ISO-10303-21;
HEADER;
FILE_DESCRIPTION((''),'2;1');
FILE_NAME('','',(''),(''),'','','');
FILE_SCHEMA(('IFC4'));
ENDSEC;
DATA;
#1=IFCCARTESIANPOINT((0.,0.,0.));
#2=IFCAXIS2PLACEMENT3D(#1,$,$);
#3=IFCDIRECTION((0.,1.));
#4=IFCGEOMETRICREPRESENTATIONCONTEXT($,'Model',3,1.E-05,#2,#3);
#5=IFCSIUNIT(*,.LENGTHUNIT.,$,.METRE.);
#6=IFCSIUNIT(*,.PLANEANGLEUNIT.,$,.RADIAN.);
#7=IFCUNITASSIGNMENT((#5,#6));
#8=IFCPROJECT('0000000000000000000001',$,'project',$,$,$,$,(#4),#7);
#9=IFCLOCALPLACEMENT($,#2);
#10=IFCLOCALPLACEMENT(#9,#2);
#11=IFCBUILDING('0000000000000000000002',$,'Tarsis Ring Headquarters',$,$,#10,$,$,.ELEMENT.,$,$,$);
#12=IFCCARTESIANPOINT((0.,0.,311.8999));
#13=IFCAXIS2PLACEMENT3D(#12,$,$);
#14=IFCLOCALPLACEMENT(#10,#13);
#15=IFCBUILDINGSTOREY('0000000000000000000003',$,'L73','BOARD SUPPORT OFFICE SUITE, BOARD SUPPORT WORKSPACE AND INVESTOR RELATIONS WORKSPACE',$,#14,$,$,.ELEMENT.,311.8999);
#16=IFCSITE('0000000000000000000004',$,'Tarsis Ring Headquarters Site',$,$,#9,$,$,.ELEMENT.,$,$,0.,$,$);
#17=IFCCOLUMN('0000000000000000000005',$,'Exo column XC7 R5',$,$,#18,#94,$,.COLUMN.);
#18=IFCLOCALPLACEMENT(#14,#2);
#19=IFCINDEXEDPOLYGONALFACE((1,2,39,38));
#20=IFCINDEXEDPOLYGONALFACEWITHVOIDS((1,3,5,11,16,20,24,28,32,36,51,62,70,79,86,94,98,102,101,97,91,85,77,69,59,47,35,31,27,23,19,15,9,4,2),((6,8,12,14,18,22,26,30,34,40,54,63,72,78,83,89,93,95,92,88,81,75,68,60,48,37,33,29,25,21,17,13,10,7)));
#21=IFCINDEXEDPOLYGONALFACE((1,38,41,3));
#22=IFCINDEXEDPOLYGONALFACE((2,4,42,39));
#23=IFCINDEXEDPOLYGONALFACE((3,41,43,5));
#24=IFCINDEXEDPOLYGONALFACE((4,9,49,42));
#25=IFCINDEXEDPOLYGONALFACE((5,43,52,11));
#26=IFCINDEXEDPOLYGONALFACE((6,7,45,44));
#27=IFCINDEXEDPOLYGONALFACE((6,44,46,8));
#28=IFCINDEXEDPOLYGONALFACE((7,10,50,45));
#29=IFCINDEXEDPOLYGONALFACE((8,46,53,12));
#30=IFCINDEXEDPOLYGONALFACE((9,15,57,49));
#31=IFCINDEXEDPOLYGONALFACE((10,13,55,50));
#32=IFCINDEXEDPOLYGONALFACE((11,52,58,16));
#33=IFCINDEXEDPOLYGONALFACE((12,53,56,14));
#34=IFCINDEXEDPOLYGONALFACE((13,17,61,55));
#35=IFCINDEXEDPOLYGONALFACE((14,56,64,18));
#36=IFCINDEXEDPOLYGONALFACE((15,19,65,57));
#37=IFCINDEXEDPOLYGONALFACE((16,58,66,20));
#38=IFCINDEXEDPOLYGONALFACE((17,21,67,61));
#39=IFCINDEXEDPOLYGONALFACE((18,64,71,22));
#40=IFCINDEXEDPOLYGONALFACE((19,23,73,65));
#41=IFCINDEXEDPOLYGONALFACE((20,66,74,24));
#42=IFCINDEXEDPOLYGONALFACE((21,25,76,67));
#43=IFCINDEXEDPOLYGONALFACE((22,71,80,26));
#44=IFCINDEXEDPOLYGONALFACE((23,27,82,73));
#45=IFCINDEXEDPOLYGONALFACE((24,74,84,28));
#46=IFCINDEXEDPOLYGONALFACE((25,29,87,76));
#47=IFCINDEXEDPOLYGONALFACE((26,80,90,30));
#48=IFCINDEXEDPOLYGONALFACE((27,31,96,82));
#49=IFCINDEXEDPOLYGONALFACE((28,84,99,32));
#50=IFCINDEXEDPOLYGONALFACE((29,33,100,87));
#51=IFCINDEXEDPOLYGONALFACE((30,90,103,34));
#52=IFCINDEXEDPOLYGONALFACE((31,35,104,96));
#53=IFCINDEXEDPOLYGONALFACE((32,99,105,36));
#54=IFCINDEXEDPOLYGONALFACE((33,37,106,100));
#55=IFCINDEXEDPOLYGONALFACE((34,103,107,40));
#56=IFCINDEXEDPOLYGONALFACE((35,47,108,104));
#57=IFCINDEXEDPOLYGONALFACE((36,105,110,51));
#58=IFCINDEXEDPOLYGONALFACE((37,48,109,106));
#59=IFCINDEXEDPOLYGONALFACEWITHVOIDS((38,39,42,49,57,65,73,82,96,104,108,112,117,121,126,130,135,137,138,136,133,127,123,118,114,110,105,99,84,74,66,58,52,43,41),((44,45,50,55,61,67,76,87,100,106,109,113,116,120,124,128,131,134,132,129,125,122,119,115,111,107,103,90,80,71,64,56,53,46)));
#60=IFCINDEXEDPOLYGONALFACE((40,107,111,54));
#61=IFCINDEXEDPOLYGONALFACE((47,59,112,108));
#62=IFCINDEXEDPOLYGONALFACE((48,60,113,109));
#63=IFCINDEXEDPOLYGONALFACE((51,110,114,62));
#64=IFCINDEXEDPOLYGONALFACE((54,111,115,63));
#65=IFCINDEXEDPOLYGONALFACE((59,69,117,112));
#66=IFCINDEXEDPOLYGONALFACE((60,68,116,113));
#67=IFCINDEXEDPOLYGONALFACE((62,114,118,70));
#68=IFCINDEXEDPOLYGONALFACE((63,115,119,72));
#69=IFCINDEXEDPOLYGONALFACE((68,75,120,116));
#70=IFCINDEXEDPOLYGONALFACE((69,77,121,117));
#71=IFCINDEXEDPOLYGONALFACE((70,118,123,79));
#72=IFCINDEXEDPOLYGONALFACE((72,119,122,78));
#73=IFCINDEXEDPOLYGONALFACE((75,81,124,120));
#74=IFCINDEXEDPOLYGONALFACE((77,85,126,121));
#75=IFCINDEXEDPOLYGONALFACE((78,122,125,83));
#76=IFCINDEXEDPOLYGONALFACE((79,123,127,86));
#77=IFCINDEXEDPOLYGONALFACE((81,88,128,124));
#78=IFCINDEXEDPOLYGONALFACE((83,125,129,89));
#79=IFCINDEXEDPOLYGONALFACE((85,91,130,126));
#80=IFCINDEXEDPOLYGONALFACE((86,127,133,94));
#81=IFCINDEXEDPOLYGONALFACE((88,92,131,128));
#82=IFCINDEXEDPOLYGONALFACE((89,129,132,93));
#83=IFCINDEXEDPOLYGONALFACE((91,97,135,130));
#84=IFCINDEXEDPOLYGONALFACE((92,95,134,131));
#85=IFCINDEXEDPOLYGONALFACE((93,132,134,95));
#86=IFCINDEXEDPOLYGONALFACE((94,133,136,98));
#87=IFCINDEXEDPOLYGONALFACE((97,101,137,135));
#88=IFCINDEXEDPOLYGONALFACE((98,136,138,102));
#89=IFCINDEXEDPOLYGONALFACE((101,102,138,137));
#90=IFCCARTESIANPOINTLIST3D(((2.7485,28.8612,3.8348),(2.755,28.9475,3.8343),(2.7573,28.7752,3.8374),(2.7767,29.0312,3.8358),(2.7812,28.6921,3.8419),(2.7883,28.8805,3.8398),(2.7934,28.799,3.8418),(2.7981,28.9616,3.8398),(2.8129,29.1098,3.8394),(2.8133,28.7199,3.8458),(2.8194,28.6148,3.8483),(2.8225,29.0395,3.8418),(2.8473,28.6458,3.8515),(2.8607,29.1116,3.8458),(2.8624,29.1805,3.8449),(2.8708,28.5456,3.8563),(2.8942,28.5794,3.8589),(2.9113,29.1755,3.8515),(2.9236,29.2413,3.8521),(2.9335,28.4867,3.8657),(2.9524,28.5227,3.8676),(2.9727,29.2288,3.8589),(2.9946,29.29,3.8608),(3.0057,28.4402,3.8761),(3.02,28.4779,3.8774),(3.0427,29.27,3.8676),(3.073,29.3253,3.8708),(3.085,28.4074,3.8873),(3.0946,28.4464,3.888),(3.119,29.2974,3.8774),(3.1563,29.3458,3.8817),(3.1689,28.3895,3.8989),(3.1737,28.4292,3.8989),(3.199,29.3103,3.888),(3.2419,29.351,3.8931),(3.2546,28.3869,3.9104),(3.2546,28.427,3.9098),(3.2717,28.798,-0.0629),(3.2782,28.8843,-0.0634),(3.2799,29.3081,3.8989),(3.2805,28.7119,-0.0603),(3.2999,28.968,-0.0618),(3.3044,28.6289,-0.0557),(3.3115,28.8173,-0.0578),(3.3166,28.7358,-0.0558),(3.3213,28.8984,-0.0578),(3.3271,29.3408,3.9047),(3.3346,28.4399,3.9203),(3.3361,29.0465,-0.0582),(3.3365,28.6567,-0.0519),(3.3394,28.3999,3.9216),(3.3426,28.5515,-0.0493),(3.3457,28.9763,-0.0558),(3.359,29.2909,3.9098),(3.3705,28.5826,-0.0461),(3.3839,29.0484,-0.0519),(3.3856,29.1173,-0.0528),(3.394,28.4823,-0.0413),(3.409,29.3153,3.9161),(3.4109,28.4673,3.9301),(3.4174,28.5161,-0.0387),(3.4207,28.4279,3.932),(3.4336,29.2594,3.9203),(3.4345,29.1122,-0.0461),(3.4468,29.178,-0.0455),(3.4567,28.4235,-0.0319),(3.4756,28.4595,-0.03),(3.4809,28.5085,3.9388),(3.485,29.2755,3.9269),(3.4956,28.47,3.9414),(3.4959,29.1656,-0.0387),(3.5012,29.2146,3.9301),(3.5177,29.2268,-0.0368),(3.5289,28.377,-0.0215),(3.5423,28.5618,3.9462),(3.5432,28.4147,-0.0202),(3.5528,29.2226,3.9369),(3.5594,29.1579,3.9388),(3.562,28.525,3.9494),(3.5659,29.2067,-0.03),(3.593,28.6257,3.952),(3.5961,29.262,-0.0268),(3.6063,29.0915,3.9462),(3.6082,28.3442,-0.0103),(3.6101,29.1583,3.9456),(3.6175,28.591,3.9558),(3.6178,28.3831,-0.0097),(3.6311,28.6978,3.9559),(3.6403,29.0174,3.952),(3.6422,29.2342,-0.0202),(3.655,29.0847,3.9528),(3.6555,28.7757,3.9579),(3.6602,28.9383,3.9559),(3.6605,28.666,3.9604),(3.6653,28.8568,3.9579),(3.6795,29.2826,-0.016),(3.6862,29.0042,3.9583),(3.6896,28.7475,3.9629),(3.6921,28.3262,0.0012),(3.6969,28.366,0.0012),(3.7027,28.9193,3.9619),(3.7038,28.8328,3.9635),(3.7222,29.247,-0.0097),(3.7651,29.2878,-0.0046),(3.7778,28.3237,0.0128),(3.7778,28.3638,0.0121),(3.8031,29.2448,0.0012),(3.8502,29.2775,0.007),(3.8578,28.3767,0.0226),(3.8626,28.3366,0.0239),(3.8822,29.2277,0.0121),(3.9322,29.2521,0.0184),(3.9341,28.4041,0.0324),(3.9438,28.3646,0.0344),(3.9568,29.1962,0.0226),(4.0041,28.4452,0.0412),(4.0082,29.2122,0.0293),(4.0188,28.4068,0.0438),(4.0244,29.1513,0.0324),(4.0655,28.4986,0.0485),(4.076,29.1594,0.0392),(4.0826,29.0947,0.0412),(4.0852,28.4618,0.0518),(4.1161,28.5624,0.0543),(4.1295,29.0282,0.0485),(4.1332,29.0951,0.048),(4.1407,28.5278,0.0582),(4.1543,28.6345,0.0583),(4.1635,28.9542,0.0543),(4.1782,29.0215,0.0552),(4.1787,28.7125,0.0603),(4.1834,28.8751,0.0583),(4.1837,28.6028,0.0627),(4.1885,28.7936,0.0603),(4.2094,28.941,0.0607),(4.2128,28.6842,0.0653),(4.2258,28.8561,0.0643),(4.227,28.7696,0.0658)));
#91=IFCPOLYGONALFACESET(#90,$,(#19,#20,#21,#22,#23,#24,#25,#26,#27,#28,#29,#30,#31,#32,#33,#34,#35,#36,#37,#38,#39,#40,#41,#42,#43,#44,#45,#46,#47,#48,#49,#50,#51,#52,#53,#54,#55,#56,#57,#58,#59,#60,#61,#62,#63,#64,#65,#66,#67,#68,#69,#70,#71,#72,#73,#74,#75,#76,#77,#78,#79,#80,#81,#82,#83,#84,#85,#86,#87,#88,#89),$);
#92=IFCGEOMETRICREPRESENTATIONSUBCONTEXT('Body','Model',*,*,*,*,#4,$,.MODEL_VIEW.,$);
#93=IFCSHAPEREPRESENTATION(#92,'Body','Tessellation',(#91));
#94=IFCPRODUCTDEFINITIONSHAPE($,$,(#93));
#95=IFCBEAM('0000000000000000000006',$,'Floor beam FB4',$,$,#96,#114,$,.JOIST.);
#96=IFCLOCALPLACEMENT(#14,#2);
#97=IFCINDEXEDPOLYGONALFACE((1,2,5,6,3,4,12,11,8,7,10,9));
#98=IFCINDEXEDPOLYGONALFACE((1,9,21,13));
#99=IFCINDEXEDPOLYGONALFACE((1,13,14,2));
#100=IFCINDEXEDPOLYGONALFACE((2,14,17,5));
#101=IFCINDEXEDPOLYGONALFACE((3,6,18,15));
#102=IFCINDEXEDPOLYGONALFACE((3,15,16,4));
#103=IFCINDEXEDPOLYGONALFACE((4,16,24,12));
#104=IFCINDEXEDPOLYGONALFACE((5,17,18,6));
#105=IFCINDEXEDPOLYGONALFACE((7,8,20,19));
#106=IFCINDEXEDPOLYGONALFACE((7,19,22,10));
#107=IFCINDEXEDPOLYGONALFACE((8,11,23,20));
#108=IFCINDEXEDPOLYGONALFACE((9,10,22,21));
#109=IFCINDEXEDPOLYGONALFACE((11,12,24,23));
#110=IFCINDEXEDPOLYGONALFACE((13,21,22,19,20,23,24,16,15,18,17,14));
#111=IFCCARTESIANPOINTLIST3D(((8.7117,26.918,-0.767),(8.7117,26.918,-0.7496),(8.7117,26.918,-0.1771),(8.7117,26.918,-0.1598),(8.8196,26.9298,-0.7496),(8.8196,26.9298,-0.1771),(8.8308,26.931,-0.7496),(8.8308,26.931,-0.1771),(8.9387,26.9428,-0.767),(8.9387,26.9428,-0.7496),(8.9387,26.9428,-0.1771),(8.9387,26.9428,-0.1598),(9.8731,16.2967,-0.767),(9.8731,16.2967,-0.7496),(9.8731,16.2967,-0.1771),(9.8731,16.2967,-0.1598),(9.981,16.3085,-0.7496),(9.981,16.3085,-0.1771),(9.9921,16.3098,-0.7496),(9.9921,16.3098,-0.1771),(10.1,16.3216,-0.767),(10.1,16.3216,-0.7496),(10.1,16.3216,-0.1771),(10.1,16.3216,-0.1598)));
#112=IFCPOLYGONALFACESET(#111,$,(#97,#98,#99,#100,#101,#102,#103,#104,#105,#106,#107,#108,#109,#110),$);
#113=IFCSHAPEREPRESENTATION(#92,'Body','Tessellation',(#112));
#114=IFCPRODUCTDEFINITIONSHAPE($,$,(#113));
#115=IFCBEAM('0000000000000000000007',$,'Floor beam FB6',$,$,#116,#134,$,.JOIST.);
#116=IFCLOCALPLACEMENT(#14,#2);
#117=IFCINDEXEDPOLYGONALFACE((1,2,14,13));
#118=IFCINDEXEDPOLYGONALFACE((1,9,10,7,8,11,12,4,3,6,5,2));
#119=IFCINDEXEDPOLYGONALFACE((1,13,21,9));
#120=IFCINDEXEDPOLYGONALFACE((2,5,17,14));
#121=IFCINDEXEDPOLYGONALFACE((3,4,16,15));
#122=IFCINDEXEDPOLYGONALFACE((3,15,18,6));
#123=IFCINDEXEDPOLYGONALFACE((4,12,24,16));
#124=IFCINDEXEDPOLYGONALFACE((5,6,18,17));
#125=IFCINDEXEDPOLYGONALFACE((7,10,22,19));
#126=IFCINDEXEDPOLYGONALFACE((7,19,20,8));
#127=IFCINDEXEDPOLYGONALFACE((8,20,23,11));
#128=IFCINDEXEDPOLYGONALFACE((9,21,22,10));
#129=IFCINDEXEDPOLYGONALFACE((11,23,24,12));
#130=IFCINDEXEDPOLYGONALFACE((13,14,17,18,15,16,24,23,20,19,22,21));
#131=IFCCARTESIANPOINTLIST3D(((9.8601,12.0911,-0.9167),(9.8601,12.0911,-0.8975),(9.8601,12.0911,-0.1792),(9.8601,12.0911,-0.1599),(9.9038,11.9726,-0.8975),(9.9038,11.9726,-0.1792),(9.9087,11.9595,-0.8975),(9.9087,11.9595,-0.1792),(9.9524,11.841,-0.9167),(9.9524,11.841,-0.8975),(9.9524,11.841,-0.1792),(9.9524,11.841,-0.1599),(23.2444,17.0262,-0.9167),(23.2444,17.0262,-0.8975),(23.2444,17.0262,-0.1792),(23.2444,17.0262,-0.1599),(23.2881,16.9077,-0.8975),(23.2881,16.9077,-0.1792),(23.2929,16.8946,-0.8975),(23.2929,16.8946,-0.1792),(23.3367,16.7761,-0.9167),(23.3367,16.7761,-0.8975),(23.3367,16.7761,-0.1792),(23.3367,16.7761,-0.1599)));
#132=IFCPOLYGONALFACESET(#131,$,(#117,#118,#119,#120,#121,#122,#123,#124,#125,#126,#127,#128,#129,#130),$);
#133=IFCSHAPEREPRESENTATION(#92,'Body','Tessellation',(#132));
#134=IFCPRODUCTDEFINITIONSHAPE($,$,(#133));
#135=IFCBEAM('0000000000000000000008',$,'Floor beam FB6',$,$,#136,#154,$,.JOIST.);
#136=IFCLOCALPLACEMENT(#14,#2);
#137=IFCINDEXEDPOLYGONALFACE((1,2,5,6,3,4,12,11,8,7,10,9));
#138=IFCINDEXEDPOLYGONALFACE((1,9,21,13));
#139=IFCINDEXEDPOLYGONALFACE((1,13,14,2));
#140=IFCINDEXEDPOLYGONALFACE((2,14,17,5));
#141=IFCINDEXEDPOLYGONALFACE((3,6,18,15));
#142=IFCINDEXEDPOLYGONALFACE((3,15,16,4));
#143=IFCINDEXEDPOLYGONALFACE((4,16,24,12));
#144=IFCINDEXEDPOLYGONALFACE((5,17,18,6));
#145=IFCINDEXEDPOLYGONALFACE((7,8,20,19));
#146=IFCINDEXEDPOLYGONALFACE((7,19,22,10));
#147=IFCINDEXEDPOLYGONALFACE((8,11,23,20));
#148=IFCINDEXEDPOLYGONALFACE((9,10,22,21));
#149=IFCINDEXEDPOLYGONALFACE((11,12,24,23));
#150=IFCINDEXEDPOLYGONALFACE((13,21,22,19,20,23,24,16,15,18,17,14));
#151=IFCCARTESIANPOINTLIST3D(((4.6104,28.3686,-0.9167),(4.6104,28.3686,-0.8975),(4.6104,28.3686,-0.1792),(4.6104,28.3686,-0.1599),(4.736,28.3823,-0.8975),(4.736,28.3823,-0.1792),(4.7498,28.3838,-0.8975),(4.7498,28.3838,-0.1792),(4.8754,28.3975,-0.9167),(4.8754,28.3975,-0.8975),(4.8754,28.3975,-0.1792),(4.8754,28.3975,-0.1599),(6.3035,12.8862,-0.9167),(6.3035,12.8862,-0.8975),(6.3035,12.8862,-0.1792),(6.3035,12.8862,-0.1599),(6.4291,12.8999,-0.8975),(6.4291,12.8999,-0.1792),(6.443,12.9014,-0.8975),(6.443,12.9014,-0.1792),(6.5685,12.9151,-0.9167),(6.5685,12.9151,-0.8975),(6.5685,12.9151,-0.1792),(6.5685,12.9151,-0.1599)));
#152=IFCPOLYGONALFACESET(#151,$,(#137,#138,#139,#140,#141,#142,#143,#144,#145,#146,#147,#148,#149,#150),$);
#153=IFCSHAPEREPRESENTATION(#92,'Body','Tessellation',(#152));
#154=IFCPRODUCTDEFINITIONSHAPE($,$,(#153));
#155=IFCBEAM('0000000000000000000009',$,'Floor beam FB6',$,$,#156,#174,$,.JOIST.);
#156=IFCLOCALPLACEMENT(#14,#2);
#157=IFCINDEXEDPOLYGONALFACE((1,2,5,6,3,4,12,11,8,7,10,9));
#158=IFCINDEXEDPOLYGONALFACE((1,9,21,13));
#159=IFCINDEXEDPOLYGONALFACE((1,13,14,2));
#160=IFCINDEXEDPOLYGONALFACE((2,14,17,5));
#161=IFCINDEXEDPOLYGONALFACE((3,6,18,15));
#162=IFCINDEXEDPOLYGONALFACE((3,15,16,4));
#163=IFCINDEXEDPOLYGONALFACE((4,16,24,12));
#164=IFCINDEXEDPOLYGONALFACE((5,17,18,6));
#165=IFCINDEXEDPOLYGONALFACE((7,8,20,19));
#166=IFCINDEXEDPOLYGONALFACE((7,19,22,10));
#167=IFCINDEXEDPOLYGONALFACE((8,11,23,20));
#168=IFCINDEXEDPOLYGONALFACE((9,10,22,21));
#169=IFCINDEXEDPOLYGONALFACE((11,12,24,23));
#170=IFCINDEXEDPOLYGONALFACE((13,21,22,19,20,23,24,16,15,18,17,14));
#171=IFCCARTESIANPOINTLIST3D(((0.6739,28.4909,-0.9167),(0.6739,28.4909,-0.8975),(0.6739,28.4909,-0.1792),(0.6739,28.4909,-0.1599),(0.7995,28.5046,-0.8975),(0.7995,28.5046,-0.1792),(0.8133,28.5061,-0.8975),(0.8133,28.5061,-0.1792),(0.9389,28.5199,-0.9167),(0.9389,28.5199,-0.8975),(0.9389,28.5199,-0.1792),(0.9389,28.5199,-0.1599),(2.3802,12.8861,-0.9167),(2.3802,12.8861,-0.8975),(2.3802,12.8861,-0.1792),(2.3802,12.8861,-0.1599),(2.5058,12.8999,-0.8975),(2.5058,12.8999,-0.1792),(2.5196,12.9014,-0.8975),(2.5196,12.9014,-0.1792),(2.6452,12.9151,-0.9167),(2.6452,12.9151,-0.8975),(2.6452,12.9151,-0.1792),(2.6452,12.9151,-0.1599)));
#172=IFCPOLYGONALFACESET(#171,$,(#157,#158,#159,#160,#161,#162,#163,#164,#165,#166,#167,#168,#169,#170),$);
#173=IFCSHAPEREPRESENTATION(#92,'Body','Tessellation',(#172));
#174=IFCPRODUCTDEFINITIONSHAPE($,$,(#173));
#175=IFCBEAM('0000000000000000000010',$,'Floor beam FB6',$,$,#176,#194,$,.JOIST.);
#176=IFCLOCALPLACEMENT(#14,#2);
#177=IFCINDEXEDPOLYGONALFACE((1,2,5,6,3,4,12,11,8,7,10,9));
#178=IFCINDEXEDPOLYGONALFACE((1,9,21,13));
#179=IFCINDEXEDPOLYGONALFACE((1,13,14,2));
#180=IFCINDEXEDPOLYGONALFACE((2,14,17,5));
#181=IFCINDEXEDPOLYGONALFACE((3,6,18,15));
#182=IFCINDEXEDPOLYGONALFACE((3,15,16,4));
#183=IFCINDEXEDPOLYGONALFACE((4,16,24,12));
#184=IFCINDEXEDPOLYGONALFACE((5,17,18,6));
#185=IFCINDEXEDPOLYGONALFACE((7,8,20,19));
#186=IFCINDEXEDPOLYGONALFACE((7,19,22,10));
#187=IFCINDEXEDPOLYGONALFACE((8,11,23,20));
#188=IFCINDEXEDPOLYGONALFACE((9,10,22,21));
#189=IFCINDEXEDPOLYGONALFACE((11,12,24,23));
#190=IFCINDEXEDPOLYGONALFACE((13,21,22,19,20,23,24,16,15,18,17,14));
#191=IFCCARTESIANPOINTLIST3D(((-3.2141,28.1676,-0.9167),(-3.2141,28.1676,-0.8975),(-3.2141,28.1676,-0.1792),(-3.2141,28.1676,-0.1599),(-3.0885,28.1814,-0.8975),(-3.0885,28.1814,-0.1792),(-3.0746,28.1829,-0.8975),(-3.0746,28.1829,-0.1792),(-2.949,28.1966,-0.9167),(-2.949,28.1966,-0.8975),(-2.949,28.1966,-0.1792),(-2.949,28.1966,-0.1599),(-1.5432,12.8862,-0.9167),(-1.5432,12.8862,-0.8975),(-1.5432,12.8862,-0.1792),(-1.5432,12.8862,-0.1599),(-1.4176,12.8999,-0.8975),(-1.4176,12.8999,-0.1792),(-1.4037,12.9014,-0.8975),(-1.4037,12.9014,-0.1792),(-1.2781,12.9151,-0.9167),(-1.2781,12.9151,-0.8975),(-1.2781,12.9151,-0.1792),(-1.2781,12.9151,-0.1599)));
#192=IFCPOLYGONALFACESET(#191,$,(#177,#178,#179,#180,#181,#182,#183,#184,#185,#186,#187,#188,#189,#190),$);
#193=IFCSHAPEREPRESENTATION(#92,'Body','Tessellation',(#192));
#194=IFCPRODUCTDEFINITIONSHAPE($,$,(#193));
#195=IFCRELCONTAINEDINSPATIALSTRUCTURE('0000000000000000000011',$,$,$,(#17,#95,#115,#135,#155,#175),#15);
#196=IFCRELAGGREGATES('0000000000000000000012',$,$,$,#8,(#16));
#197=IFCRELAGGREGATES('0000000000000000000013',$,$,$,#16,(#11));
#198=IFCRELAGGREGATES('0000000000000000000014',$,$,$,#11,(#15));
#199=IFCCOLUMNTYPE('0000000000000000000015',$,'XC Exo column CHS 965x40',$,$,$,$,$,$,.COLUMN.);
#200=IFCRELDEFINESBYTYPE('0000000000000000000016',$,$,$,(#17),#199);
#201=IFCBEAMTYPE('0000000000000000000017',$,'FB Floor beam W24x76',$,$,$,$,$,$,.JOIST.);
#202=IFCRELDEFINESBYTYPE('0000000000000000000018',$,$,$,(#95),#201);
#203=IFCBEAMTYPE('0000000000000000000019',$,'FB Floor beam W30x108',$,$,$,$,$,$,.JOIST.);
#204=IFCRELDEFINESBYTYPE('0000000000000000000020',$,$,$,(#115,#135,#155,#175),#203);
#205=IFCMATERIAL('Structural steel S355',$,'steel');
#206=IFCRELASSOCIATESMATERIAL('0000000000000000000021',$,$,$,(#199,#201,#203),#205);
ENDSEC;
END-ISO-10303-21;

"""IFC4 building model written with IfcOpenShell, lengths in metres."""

from ifc_helpers import new_model, si_unit, direction, frame, origin, origin_2d, place, context, subcontext, project, spatial, hollow_circle, i_section, extrude, material, material_profile, profile_set, type_object, element, save


model = new_model("IFC4")

# Units and contexts
model_context = context("Model", 3, precision=1e-05, world=origin(), true_north=direction((0.0, 1.0)))
body_context = subcontext(model_context, "Body", "Model", "MODEL_VIEW")
ifc_project = project(units=[si_unit("LENGTHUNIT", "METRE"), si_unit("PLANEANGLEUNIT", "RADIAN")], contexts=[model_context])

# Site, building, storey
site_placement = place(None, origin())
site = spatial("IfcSite", under=ifc_project, at=site_placement, Name="Tarsis Ring Headquarters Site", CompositionType="ELEMENT", RefElevation=0.0)
building_placement = place(site_placement, origin())
building = spatial("IfcBuilding", under=site, at=building_placement, Name="Tarsis Ring Headquarters", CompositionType="ELEMENT")
storey_placement = place(building_placement, frame((0.0, 0.0, 311.8999)))
storey = spatial("IfcBuildingStorey", under=building, at=storey_placement, Name="L73", Description="BOARD SUPPORT OFFICE SUITE, BOARD SUPPORT WORKSPACE AND INVESTOR RELATIONS WORKSPACE", CompositionType="ELEMENT", Elevation=311.8999)

# Column
ifc_material_1 = material(Name="Structural steel S355", Category="steel")
ifc_material_profile_1 = material_profile(ifc_material_1, hollow_circle(Radius=0.4827, WallThickness=0.04, at=origin_2d()), Name="CHS 965x40")
ifc_profile_set_1 = profile_set([ifc_material_profile_1], Name="Structural steel S355")
column_type = type_object("IfcColumnType", Name="XC Exo column CHS 965x40", PredefinedType="COLUMN", material=ifc_profile_set_1)
column_placement = place(storey_placement, frame((3.75, 28.8054, 0.0012), z_axis=(-0.133021, 0.016077, 0.990983), x_axis=(-0.119985, -0.992776, 0.0)))
element("IfcColumn", 1, at=column_placement, inside=storey, type_object=column_type, Name="Exo column XC7 R5", PredefinedType="COLUMN", context=body_context, shape_type="SweptSolid", body=[
    extrude(hollow_circle(Radius=0.4827, WallThickness=0.04, at=origin_2d()), origin(), (0.0, 0.0, 1.0), 3.9331),
])

# Beams
ifc_material_profile_2 = material_profile(ifc_material_1, i_section(OverallWidth=0.2283, OverallDepth=0.6072, WebThickness=0.0112, FlangeThickness=0.0173, at=origin_2d()), Name="W24x76")
ifc_profile_set_2 = profile_set([ifc_material_profile_2], Name="Structural steel S355")
beam_type_1 = type_object("IfcBeamType", Name="FB Floor beam W24x76", PredefinedType="JOIST", material=ifc_profile_set_2)
beam_1_placement = place(storey_placement, frame((8.8252, 26.9304, -0.4634), z_axis=(0.108696, -0.994075, 0.0), x_axis=(0.994075, 0.108696, 0.0)))
element("IfcBeam", 2, at=beam_1_placement, inside=storey, type_object=beam_type_1, Name="Floor beam FB4", PredefinedType="JOIST", context=body_context, shape_type="SweptSolid", body=[
    extrude(i_section(OverallWidth=0.2283, OverallDepth=0.6072, WebThickness=0.0112, FlangeThickness=0.0173, at=origin_2d()), origin(), (0.0, 0.0, 1.0), 10.6846),
])
ifc_material_profile_3 = material_profile(ifc_material_1, i_section(OverallWidth=0.2666, OverallDepth=0.7568, WebThickness=0.0139, FlangeThickness=0.0193, at=origin_2d()), Name="W30x108")
ifc_profile_set_3 = profile_set([ifc_material_profile_3], Name="Structural steel S355")
beam_type_2 = type_object("IfcBeamType", Name="FB Floor beam W30x108", PredefinedType="JOIST", material=ifc_profile_set_3)
beam_2_placement = place(storey_placement, frame((9.9062, 11.9661, -0.5383), z_axis=(0.938252, 0.345953, 0.0), x_axis=(-0.345953, 0.938252, 0.0)))
element("IfcBeam", 3, at=beam_2_placement, inside=storey, type_object=beam_type_2, Name="Floor beam FB6", PredefinedType="JOIST", context=body_context, shape_type="SweptSolid", body=[
    extrude(i_section(OverallWidth=0.2666, OverallDepth=0.7568, WebThickness=0.0139, FlangeThickness=0.0193, at=origin_2d()), origin(), (0.0, 0.0, 1.0), 14.2651),
])
beam_3_placement = place(storey_placement, frame((4.7429, 28.3831, -0.5383), z_axis=(0.108709, -0.994074, 0.0), x_axis=(0.994074, 0.108709, 0.0)))
element("IfcBeam", 4, at=beam_3_placement, inside=storey, type_object=beam_type_2, Name="Floor beam FB6", PredefinedType="JOIST", context=body_context, shape_type="SweptSolid", body=[
    extrude(i_section(OverallWidth=0.2666, OverallDepth=0.7568, WebThickness=0.0139, FlangeThickness=0.0193, at=origin_2d()), origin(), (0.0, 0.0, 1.0), 15.5747),
])
beam_4_placement = place(storey_placement, frame((0.8064, 28.5054, -0.5383), z_axis=(0.108697, -0.994075, 0.0), x_axis=(0.994075, 0.108697, 0.0)))
element("IfcBeam", 5, at=beam_4_placement, inside=storey, type_object=beam_type_2, Name="Floor beam FB6", PredefinedType="JOIST", context=body_context, shape_type="SweptSolid", body=[
    extrude(i_section(OverallWidth=0.2666, OverallDepth=0.7568, WebThickness=0.0139, FlangeThickness=0.0193, at=origin_2d()), origin(), (0.0, 0.0, 1.0), 15.6978),
])
beam_5_placement = place(storey_placement, frame((-3.0815, 28.1821, -0.5383), z_axis=(0.108693, -0.994075, 0.0), x_axis=(0.994075, 0.108693, 0.0)))
element("IfcBeam", 6, at=beam_5_placement, inside=storey, type_object=beam_type_2, Name="Floor beam FB6", PredefinedType="JOIST", context=body_context, shape_type="SweptSolid", body=[
    extrude(i_section(OverallWidth=0.2666, OverallDepth=0.7568, WebThickness=0.0139, FlangeThickness=0.0193, at=origin_2d()), origin(), (0.0, 0.0, 1.0), 15.3726),
])

save(model, "model.ifc")
